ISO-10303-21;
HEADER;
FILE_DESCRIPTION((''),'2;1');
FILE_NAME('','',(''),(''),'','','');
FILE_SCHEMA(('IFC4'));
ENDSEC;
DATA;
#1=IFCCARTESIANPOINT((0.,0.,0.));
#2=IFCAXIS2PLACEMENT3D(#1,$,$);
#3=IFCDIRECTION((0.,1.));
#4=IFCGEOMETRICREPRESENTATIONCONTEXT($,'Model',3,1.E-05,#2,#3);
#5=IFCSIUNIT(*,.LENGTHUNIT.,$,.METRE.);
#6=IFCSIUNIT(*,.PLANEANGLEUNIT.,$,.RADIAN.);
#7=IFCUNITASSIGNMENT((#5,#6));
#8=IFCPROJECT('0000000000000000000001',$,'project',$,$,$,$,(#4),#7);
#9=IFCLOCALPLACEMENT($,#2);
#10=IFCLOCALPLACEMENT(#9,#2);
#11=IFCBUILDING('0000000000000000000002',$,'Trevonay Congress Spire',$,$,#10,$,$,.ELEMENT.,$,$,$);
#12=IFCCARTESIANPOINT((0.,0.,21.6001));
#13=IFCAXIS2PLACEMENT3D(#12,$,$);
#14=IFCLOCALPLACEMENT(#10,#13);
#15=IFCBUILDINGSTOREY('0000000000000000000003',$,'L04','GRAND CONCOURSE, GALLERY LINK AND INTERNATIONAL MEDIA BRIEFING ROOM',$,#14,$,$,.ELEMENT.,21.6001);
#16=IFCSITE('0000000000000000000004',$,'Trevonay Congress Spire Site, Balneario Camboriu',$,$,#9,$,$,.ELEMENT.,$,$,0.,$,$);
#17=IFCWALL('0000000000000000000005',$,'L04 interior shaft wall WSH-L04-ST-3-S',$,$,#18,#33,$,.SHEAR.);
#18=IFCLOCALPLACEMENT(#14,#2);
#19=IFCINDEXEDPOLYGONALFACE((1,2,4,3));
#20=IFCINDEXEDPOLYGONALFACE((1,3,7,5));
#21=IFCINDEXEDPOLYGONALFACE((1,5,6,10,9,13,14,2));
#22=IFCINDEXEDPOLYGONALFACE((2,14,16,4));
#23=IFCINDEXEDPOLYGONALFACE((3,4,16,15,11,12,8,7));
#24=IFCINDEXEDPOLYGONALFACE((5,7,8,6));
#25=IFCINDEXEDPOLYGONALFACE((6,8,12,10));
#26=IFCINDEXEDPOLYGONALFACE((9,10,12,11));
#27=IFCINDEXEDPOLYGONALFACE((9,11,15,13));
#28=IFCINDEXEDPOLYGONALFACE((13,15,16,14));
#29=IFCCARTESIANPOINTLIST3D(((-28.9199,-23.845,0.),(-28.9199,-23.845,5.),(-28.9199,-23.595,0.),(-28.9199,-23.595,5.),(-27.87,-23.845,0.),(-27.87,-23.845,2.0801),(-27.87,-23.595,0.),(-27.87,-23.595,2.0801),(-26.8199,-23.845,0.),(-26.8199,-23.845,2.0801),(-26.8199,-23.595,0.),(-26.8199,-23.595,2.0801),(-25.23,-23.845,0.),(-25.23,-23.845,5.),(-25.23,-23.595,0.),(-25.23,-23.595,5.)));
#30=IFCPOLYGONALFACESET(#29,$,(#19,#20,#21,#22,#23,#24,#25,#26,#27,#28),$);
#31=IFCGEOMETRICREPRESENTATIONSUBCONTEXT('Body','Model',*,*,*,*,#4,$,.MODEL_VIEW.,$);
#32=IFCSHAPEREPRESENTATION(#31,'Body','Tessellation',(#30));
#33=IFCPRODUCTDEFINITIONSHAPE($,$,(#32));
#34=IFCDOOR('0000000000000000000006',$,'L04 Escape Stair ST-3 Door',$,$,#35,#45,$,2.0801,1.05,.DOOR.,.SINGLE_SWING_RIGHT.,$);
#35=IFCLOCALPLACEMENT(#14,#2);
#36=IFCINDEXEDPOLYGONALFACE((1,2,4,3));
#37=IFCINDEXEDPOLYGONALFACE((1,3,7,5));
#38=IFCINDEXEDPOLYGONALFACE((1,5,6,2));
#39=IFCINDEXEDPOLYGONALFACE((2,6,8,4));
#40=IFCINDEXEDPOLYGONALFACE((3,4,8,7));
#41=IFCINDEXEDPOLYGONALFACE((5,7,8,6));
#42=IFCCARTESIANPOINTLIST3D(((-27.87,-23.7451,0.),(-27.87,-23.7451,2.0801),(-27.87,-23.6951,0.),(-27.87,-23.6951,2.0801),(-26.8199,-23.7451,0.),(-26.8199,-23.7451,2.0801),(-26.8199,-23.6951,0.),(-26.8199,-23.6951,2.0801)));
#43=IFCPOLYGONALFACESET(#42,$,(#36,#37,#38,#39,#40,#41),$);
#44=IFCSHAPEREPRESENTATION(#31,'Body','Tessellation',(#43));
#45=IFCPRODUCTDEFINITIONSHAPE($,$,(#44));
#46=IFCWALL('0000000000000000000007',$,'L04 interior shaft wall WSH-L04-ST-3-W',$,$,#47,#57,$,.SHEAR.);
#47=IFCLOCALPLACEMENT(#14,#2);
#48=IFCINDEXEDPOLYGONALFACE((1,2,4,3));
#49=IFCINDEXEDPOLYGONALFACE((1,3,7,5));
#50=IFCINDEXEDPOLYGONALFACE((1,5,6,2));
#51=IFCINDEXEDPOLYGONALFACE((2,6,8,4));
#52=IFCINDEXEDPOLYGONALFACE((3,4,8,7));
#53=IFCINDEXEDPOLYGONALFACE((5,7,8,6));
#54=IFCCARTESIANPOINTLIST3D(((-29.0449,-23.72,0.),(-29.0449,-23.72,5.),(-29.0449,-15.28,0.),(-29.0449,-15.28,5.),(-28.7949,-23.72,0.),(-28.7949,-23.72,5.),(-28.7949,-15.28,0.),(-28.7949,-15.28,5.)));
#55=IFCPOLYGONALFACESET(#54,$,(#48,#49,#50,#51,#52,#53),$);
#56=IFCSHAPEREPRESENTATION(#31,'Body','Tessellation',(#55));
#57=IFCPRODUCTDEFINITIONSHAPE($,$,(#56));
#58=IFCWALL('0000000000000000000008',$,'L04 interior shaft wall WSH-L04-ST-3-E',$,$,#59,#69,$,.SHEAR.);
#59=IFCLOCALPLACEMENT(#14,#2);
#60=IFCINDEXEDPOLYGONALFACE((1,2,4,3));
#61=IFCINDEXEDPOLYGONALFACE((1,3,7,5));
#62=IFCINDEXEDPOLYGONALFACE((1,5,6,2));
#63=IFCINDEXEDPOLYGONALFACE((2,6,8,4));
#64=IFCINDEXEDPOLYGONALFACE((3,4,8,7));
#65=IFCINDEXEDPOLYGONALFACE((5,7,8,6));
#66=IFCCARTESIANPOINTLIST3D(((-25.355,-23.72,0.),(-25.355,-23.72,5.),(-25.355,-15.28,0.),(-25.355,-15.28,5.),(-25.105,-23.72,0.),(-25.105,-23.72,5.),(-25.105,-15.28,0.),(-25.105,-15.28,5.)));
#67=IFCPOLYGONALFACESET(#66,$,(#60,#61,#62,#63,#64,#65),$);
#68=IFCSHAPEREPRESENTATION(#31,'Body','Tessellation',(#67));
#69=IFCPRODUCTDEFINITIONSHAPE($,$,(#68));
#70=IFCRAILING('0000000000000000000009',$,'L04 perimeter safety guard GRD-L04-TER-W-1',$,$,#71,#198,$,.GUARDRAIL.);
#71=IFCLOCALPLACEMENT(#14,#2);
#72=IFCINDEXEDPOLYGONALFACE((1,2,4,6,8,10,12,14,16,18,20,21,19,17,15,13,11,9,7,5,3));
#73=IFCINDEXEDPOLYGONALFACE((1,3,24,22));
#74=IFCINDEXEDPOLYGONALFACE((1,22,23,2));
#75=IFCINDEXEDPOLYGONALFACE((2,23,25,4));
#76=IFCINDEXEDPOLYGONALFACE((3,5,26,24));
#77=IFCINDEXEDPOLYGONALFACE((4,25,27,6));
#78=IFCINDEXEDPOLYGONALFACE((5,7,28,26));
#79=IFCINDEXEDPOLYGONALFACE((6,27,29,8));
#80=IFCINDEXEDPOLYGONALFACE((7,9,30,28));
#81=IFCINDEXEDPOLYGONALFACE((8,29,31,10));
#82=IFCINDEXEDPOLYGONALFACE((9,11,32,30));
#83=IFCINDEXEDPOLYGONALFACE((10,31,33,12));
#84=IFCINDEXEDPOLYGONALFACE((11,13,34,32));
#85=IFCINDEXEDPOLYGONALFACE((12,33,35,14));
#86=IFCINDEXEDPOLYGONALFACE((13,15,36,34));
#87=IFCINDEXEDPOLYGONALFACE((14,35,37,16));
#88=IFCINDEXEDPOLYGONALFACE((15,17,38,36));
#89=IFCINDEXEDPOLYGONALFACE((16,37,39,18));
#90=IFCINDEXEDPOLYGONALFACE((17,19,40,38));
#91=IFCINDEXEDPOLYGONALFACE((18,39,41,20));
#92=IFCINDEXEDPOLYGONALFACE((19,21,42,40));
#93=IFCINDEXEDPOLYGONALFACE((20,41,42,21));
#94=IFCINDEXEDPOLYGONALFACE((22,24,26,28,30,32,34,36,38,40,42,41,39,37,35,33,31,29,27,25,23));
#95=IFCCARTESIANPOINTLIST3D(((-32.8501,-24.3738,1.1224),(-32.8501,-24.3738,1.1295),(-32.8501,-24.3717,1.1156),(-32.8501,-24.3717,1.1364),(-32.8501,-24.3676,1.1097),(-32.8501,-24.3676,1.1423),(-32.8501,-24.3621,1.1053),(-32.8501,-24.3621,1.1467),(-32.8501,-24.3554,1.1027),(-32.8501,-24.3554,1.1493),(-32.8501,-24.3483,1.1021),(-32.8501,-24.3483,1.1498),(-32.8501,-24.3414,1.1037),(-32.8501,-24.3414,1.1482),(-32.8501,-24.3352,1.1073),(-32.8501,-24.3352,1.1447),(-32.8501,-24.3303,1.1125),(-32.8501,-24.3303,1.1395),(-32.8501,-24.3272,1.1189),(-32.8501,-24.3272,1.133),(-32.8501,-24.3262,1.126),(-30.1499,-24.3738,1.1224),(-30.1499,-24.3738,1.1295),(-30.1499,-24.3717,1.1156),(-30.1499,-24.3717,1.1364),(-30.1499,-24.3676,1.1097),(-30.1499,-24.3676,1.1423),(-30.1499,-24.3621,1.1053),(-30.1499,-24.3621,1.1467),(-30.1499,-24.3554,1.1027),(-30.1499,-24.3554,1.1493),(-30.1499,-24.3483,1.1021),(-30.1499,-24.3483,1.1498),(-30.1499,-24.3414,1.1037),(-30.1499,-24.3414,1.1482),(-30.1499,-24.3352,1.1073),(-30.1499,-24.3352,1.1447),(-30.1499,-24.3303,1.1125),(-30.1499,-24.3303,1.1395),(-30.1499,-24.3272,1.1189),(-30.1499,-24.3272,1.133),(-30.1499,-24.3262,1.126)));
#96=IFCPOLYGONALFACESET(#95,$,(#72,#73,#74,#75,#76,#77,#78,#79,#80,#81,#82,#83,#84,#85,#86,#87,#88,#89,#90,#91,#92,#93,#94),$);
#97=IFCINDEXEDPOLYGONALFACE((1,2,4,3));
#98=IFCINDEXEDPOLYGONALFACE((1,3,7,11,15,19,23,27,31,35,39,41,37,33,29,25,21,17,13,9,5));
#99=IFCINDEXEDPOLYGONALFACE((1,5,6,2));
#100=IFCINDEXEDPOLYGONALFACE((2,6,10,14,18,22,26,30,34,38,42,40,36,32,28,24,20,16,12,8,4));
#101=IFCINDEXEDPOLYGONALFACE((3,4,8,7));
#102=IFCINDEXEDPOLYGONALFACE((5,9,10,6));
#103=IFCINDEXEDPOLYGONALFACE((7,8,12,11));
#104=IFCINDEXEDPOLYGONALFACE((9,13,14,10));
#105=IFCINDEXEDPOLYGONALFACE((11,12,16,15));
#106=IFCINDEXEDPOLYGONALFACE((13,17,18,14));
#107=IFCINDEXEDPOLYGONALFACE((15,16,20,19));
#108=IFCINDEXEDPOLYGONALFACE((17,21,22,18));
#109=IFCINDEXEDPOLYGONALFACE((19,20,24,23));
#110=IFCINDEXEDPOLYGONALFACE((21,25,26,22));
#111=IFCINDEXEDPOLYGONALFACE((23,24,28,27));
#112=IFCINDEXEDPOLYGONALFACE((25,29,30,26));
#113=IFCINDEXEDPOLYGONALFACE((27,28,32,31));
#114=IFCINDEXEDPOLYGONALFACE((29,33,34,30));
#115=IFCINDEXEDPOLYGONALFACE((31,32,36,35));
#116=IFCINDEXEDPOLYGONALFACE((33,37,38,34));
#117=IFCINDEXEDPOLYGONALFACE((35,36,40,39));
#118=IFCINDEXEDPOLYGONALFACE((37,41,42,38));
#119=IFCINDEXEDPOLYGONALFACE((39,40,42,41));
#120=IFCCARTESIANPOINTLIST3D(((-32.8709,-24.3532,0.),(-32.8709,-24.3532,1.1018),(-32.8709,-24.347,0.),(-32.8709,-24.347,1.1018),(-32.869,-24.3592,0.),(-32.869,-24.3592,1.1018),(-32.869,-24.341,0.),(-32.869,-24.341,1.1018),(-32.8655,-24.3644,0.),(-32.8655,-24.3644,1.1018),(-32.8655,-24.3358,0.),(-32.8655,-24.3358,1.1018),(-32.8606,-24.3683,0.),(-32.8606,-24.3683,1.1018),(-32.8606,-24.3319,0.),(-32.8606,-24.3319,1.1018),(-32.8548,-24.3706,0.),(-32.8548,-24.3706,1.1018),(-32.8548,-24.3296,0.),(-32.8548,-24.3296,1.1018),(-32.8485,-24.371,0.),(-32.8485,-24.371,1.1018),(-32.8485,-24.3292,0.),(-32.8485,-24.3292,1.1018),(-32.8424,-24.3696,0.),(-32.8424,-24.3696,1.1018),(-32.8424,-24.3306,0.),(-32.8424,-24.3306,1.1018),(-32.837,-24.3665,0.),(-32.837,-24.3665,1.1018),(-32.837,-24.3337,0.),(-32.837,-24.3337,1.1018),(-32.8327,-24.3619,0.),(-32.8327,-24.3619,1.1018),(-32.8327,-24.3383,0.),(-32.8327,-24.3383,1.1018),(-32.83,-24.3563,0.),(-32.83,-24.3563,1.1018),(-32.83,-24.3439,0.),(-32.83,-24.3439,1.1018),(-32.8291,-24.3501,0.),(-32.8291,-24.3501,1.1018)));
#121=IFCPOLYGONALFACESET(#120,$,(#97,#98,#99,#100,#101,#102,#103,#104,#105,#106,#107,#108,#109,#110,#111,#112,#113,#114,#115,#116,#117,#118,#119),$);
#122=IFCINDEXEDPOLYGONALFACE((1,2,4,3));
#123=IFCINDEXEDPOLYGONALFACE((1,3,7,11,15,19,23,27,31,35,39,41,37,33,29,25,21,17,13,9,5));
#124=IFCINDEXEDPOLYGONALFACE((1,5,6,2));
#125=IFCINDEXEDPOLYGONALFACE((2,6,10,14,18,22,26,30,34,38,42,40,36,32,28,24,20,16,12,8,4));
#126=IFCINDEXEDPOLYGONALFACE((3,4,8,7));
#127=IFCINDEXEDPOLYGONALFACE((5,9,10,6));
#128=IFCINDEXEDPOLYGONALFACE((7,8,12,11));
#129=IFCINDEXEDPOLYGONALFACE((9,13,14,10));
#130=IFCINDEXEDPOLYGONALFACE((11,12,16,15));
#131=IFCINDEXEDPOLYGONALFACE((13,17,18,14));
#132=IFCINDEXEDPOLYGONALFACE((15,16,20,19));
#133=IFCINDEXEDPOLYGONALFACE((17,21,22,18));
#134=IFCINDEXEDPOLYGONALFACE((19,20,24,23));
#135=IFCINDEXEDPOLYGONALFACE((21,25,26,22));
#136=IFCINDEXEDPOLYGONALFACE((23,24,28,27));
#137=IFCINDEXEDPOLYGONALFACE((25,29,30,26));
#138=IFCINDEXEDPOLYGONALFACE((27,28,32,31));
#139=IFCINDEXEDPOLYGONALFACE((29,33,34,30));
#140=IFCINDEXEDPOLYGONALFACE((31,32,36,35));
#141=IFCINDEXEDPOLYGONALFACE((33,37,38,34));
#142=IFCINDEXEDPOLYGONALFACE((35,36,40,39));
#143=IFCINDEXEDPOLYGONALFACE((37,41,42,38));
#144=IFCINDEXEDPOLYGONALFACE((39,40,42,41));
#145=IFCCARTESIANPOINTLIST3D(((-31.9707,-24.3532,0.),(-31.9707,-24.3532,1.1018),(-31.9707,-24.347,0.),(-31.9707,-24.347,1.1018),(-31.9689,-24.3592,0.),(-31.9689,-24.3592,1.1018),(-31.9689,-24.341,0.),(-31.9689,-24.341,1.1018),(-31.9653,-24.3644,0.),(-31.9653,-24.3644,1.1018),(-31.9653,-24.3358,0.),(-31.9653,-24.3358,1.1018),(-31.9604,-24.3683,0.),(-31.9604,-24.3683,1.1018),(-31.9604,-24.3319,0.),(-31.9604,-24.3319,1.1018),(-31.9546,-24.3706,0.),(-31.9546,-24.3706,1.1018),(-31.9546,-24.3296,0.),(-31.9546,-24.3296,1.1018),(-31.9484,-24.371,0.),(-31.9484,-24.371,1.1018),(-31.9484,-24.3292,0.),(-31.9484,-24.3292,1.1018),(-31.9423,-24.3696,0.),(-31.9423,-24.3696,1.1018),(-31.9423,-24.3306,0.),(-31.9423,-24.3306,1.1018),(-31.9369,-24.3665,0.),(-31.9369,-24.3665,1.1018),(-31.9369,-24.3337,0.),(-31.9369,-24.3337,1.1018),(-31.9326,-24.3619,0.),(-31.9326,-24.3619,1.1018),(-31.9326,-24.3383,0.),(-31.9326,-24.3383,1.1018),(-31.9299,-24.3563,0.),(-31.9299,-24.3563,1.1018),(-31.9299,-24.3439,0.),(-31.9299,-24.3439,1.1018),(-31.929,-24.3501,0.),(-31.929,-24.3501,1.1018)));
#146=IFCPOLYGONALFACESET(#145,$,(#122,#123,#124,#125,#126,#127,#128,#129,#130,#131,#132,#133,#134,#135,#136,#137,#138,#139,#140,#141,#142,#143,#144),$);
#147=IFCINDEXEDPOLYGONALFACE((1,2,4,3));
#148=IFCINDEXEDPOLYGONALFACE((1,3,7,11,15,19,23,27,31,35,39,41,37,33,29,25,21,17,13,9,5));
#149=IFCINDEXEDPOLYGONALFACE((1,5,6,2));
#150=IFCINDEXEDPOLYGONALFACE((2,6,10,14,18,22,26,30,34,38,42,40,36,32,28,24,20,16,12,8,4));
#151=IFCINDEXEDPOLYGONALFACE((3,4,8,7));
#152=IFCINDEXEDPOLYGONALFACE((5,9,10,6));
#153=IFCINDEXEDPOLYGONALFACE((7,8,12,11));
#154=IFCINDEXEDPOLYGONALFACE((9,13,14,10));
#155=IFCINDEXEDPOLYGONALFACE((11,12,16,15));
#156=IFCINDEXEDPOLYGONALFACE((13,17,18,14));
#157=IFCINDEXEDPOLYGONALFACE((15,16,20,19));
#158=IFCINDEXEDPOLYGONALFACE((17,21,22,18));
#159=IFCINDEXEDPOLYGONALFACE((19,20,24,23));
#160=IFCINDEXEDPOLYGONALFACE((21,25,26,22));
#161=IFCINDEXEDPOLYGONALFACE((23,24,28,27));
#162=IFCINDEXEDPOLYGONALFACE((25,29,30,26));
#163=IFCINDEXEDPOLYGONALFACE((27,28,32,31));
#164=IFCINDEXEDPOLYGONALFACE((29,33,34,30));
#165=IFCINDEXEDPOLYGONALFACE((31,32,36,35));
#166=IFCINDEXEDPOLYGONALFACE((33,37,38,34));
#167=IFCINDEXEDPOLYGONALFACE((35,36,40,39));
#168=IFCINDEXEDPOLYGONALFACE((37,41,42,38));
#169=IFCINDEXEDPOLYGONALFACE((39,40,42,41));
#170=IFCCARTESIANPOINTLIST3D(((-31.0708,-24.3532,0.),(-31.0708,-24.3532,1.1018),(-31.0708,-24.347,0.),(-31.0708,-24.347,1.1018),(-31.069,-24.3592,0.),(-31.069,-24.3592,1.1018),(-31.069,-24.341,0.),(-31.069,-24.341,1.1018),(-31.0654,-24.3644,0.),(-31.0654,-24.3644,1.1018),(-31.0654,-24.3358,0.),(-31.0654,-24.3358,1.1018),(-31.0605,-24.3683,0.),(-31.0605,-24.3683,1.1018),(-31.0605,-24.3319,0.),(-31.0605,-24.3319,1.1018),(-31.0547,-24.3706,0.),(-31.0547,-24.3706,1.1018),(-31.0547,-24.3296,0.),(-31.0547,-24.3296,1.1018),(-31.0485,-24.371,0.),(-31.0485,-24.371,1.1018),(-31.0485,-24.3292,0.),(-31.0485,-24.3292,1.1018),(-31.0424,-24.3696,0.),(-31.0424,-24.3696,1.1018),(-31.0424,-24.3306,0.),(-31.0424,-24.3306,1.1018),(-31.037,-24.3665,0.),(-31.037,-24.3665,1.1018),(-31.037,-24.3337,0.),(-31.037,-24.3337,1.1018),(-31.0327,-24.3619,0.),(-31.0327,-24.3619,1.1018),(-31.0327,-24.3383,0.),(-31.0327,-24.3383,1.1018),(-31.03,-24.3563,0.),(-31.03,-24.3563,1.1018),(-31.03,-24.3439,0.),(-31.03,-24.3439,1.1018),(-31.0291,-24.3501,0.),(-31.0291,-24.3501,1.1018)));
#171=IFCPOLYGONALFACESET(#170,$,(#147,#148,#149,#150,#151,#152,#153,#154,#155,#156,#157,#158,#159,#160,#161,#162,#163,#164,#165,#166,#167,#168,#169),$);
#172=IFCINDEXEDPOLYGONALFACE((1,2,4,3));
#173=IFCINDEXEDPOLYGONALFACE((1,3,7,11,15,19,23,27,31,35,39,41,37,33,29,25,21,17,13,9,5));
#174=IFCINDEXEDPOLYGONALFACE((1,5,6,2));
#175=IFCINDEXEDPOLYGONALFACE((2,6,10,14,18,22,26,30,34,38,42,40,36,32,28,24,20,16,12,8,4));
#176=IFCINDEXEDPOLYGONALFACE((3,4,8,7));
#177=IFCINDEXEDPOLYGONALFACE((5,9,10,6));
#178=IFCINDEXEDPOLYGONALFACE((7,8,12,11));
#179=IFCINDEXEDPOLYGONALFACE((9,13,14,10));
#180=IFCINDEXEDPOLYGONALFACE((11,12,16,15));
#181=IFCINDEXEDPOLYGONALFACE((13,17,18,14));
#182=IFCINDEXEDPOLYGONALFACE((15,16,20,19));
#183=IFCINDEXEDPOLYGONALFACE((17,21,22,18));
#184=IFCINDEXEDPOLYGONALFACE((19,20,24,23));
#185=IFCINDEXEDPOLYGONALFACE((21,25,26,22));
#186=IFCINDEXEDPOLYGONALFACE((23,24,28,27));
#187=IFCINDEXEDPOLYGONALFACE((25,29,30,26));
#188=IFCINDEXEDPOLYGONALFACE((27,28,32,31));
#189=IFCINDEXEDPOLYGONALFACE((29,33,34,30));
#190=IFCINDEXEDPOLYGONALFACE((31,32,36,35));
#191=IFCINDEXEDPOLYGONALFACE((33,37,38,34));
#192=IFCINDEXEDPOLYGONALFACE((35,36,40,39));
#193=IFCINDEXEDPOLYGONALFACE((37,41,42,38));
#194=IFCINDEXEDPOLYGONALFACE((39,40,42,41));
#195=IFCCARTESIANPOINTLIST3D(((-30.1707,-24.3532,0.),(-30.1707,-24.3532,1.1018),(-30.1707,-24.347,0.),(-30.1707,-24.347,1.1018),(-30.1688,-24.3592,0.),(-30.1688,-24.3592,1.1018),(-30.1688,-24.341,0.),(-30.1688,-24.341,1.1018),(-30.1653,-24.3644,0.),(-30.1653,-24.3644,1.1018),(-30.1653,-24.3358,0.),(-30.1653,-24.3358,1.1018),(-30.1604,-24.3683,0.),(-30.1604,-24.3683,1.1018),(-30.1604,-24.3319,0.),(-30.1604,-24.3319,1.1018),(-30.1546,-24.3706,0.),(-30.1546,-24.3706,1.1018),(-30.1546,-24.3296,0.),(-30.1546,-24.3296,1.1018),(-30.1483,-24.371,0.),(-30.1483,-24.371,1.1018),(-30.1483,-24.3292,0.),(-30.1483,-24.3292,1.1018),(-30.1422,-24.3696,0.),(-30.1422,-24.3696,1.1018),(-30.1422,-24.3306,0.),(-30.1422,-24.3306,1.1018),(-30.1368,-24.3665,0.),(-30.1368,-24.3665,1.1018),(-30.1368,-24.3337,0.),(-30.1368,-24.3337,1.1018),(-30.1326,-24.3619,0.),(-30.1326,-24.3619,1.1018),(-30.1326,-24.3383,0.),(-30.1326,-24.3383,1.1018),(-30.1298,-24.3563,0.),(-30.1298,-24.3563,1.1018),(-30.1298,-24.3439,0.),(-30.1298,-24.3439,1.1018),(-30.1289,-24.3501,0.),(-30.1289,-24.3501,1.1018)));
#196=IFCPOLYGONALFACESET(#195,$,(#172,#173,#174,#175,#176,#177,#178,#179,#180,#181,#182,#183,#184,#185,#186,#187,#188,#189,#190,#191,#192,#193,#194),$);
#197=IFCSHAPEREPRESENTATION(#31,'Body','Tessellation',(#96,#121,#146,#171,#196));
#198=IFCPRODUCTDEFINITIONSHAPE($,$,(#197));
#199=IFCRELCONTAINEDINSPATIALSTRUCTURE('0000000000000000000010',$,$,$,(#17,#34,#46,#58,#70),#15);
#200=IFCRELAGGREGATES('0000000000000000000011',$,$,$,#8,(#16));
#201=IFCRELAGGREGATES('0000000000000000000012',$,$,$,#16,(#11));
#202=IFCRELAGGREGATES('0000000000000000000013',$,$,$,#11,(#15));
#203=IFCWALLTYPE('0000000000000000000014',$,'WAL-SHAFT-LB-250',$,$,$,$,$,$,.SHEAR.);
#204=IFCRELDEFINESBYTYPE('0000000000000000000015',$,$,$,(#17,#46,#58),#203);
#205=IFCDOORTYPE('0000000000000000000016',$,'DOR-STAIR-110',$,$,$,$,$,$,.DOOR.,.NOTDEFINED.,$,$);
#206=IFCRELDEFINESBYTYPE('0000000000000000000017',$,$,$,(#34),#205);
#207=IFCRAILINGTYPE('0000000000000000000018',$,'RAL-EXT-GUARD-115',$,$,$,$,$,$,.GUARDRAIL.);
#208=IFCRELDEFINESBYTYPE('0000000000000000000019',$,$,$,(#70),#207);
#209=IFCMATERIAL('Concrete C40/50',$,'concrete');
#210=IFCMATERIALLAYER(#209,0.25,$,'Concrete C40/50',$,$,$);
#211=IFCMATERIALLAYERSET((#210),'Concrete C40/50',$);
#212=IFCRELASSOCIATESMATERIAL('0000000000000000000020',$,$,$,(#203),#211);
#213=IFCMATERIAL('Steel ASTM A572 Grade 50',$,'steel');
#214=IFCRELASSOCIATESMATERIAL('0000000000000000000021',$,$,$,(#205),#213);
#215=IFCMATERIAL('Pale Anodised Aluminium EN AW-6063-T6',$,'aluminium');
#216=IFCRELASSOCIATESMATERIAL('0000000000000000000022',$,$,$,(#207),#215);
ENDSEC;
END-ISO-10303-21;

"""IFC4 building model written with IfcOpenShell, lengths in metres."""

from ifc_helpers import new_model, si_unit, direction, frame, frame_2d, origin, origin_2d, place, context, subcontext, project, spatial, rectangle, circle, extrude, material, layer, layer_set, type_object, element, fill, save


model = new_model("IFC4")

# Units and contexts
model_context = context("Model", 3, precision=1e-05, world=origin(), true_north=direction((0.0, 1.0)))
body_context = subcontext(model_context, "Body", "Model", "MODEL_VIEW")
ifc_project = project(units=[si_unit("LENGTHUNIT", "METRE"), si_unit("PLANEANGLEUNIT", "RADIAN")], contexts=[model_context])

# Site, building, storey
site_placement = place(None, origin())
site = spatial("IfcSite", under=ifc_project, at=site_placement, Name="Trevonay Congress Spire Site, Balneario Camboriu", CompositionType="ELEMENT", RefElevation=0.0)
building_placement = place(site_placement, origin())
building = spatial("IfcBuilding", under=site, at=building_placement, Name="Trevonay Congress Spire", CompositionType="ELEMENT")
storey_placement = place(building_placement, frame((0.0, 0.0, 21.6001)))
storey = spatial("IfcBuildingStorey", under=building, at=storey_placement, Name="L04", Description="GRAND CONCOURSE, GALLERY LINK AND INTERNATIONAL MEDIA BRIEFING ROOM", CompositionType="ELEMENT", Elevation=21.6001)

# Shared definitions
ifc_material_1 = material(Name="Steel ASTM A572 Grade 50", Category="steel")

# Shared definitions
ifc_material_2 = material(Name="Pale Anodised Aluminium EN AW-6063-T6", Category="aluminium")

# Shared definitions
ifc_material_3 = material(Name="Concrete C40/50", Category="concrete")

# Wall, opening, door
ifc_layer_1 = layer(ifc_material_3, 0.25, Name="Concrete C40/50")
ifc_layer_set_1 = layer_set([ifc_layer_1], Name="Concrete C40/50")
wall_type_1 = type_object("IfcWallType", Name="WAL-SHAFT-LB-250", PredefinedType="SHEAR", material=ifc_layer_set_1)
wall_1_placement = place(storey_placement, frame((-28.9199, -23.72, 0.0), z_axis=(0.0, 0.0, 1.0), x_axis=(1.0, 0.0, 0.0)))
wall_1 = element("IfcWall", 1, at=wall_1_placement, inside=storey, type_object=wall_type_1, Name="L04 interior shaft wall WSH-L04-ST-3-S", PredefinedType="SHEAR", context=body_context, shape_type="SweptSolid", body=[
    extrude(rectangle(XDim=3.6899, YDim=0.25, at=frame_2d((1.845, 0.0))), origin(), (0.0, 0.0, 1.0), 5.0),
])
opening_1_placement = place(wall_1_placement, frame((1.05, 0.0, 0.0)))
opening_1 = element("IfcOpeningElement", 2, at=opening_1_placement, cuts=wall_1, PredefinedType="OPENING", context=body_context, shape_type="SweptSolid", body=[
    extrude(rectangle(XDim=1.05, YDim=2.0801, at=frame_2d((0.5249, 1.04))), frame((0.0, 0.135, 0.0), z_axis=(0.0, -1.0, 0.0), x_axis=(1.0, 0.0, 0.0)), (0.0, 0.0, 1.0), 0.27),
])
door_type_1 = type_object("IfcDoorType", Name="DOR-STAIR-110", OperationType="NOTDEFINED", PredefinedType="DOOR", material=ifc_material_1)
door_1_placement = place(opening_1_placement, origin())
door_1 = element("IfcDoor", 3, at=door_1_placement, inside=storey, type_object=door_type_1, Name="L04 Escape Stair ST-3 Door", OperationType="SINGLE_SWING_RIGHT", OverallHeight=2.0801, OverallWidth=1.05, PredefinedType="DOOR", context=body_context, shape_type="SweptSolid", body=[
    extrude(rectangle(XDim=1.05, YDim=2.0801, at=frame_2d((0.5249, 1.04))), frame((0.0, 0.0249, 0.0), z_axis=(0.0, -1.0, 0.0), x_axis=(1.0, 0.0, 0.0)), (0.0, 0.0, 1.0), 0.05),
])
fill(opening_1, door_1)

# Walls
for number, where, z_axis, x_axis, name in (
    (4, (-28.9199, -23.72, 0.0), (0.0, 0.0, 1.0), (0.0, 1.0, 0.0), "L04 interior shaft wall WSH-L04-ST-3-W"),
    (5, (-25.23, -23.72, 0.0), (0.0, 0.0, 1.0), (0.0, 1.0, 0.0), "L04 interior shaft wall WSH-L04-ST-3-E"),
):
    element("IfcWall", number, at=place(storey_placement, frame(where, z_axis=z_axis, x_axis=x_axis)), inside=storey, type_object=wall_type_1, Name=name, PredefinedType="SHEAR", context=body_context, shape_type="SweptSolid", body=[
        extrude(rectangle(XDim=8.4399, YDim=0.25, at=frame_2d((4.22, 0.0))), origin(), (0.0, 0.0, 1.0), 5.0),
    ])

# Railing
railing_type_1 = type_object("IfcRailingType", Name="RAL-EXT-GUARD-115", PredefinedType="GUARDRAIL", material=ifc_material_2)
railing_1_placement = place(storey_placement, frame((-32.8501, -24.3501, 0.0)))
element("IfcRailing", 6, at=railing_1_placement, inside=storey, type_object=railing_type_1, Name="L04 perimeter safety guard GRD-L04-TER-W-1", PredefinedType="GUARDRAIL", context=body_context, shape_type="SweptSolid", body=[
    extrude(circle(Radius=0.0239, at=origin_2d()), frame((0.0, 0.0, 1.126), z_axis=(1.0, 0.0, 0.0), x_axis=(0.0, 1.0, 0.0)), (0.0, 0.0, 1.0), 2.7002),
    extrude(circle(Radius=0.021, at=origin_2d()), origin(), (0.0, 0.0, 1.0), 1.1018),
    extrude(circle(Radius=0.021, at=origin_2d()), frame((0.9001, 0.0, 0.0)), (0.0, 0.0, 1.0), 1.1018),
    extrude(circle(Radius=0.021, at=origin_2d()), frame((1.8, 0.0, 0.0)), (0.0, 0.0, 1.0), 1.1018),
    extrude(circle(Radius=0.021, at=origin_2d()), frame((2.7002, 0.0, 0.0)), (0.0, 0.0, 1.0), 1.1018),
])

save(model, "model.ifc")
